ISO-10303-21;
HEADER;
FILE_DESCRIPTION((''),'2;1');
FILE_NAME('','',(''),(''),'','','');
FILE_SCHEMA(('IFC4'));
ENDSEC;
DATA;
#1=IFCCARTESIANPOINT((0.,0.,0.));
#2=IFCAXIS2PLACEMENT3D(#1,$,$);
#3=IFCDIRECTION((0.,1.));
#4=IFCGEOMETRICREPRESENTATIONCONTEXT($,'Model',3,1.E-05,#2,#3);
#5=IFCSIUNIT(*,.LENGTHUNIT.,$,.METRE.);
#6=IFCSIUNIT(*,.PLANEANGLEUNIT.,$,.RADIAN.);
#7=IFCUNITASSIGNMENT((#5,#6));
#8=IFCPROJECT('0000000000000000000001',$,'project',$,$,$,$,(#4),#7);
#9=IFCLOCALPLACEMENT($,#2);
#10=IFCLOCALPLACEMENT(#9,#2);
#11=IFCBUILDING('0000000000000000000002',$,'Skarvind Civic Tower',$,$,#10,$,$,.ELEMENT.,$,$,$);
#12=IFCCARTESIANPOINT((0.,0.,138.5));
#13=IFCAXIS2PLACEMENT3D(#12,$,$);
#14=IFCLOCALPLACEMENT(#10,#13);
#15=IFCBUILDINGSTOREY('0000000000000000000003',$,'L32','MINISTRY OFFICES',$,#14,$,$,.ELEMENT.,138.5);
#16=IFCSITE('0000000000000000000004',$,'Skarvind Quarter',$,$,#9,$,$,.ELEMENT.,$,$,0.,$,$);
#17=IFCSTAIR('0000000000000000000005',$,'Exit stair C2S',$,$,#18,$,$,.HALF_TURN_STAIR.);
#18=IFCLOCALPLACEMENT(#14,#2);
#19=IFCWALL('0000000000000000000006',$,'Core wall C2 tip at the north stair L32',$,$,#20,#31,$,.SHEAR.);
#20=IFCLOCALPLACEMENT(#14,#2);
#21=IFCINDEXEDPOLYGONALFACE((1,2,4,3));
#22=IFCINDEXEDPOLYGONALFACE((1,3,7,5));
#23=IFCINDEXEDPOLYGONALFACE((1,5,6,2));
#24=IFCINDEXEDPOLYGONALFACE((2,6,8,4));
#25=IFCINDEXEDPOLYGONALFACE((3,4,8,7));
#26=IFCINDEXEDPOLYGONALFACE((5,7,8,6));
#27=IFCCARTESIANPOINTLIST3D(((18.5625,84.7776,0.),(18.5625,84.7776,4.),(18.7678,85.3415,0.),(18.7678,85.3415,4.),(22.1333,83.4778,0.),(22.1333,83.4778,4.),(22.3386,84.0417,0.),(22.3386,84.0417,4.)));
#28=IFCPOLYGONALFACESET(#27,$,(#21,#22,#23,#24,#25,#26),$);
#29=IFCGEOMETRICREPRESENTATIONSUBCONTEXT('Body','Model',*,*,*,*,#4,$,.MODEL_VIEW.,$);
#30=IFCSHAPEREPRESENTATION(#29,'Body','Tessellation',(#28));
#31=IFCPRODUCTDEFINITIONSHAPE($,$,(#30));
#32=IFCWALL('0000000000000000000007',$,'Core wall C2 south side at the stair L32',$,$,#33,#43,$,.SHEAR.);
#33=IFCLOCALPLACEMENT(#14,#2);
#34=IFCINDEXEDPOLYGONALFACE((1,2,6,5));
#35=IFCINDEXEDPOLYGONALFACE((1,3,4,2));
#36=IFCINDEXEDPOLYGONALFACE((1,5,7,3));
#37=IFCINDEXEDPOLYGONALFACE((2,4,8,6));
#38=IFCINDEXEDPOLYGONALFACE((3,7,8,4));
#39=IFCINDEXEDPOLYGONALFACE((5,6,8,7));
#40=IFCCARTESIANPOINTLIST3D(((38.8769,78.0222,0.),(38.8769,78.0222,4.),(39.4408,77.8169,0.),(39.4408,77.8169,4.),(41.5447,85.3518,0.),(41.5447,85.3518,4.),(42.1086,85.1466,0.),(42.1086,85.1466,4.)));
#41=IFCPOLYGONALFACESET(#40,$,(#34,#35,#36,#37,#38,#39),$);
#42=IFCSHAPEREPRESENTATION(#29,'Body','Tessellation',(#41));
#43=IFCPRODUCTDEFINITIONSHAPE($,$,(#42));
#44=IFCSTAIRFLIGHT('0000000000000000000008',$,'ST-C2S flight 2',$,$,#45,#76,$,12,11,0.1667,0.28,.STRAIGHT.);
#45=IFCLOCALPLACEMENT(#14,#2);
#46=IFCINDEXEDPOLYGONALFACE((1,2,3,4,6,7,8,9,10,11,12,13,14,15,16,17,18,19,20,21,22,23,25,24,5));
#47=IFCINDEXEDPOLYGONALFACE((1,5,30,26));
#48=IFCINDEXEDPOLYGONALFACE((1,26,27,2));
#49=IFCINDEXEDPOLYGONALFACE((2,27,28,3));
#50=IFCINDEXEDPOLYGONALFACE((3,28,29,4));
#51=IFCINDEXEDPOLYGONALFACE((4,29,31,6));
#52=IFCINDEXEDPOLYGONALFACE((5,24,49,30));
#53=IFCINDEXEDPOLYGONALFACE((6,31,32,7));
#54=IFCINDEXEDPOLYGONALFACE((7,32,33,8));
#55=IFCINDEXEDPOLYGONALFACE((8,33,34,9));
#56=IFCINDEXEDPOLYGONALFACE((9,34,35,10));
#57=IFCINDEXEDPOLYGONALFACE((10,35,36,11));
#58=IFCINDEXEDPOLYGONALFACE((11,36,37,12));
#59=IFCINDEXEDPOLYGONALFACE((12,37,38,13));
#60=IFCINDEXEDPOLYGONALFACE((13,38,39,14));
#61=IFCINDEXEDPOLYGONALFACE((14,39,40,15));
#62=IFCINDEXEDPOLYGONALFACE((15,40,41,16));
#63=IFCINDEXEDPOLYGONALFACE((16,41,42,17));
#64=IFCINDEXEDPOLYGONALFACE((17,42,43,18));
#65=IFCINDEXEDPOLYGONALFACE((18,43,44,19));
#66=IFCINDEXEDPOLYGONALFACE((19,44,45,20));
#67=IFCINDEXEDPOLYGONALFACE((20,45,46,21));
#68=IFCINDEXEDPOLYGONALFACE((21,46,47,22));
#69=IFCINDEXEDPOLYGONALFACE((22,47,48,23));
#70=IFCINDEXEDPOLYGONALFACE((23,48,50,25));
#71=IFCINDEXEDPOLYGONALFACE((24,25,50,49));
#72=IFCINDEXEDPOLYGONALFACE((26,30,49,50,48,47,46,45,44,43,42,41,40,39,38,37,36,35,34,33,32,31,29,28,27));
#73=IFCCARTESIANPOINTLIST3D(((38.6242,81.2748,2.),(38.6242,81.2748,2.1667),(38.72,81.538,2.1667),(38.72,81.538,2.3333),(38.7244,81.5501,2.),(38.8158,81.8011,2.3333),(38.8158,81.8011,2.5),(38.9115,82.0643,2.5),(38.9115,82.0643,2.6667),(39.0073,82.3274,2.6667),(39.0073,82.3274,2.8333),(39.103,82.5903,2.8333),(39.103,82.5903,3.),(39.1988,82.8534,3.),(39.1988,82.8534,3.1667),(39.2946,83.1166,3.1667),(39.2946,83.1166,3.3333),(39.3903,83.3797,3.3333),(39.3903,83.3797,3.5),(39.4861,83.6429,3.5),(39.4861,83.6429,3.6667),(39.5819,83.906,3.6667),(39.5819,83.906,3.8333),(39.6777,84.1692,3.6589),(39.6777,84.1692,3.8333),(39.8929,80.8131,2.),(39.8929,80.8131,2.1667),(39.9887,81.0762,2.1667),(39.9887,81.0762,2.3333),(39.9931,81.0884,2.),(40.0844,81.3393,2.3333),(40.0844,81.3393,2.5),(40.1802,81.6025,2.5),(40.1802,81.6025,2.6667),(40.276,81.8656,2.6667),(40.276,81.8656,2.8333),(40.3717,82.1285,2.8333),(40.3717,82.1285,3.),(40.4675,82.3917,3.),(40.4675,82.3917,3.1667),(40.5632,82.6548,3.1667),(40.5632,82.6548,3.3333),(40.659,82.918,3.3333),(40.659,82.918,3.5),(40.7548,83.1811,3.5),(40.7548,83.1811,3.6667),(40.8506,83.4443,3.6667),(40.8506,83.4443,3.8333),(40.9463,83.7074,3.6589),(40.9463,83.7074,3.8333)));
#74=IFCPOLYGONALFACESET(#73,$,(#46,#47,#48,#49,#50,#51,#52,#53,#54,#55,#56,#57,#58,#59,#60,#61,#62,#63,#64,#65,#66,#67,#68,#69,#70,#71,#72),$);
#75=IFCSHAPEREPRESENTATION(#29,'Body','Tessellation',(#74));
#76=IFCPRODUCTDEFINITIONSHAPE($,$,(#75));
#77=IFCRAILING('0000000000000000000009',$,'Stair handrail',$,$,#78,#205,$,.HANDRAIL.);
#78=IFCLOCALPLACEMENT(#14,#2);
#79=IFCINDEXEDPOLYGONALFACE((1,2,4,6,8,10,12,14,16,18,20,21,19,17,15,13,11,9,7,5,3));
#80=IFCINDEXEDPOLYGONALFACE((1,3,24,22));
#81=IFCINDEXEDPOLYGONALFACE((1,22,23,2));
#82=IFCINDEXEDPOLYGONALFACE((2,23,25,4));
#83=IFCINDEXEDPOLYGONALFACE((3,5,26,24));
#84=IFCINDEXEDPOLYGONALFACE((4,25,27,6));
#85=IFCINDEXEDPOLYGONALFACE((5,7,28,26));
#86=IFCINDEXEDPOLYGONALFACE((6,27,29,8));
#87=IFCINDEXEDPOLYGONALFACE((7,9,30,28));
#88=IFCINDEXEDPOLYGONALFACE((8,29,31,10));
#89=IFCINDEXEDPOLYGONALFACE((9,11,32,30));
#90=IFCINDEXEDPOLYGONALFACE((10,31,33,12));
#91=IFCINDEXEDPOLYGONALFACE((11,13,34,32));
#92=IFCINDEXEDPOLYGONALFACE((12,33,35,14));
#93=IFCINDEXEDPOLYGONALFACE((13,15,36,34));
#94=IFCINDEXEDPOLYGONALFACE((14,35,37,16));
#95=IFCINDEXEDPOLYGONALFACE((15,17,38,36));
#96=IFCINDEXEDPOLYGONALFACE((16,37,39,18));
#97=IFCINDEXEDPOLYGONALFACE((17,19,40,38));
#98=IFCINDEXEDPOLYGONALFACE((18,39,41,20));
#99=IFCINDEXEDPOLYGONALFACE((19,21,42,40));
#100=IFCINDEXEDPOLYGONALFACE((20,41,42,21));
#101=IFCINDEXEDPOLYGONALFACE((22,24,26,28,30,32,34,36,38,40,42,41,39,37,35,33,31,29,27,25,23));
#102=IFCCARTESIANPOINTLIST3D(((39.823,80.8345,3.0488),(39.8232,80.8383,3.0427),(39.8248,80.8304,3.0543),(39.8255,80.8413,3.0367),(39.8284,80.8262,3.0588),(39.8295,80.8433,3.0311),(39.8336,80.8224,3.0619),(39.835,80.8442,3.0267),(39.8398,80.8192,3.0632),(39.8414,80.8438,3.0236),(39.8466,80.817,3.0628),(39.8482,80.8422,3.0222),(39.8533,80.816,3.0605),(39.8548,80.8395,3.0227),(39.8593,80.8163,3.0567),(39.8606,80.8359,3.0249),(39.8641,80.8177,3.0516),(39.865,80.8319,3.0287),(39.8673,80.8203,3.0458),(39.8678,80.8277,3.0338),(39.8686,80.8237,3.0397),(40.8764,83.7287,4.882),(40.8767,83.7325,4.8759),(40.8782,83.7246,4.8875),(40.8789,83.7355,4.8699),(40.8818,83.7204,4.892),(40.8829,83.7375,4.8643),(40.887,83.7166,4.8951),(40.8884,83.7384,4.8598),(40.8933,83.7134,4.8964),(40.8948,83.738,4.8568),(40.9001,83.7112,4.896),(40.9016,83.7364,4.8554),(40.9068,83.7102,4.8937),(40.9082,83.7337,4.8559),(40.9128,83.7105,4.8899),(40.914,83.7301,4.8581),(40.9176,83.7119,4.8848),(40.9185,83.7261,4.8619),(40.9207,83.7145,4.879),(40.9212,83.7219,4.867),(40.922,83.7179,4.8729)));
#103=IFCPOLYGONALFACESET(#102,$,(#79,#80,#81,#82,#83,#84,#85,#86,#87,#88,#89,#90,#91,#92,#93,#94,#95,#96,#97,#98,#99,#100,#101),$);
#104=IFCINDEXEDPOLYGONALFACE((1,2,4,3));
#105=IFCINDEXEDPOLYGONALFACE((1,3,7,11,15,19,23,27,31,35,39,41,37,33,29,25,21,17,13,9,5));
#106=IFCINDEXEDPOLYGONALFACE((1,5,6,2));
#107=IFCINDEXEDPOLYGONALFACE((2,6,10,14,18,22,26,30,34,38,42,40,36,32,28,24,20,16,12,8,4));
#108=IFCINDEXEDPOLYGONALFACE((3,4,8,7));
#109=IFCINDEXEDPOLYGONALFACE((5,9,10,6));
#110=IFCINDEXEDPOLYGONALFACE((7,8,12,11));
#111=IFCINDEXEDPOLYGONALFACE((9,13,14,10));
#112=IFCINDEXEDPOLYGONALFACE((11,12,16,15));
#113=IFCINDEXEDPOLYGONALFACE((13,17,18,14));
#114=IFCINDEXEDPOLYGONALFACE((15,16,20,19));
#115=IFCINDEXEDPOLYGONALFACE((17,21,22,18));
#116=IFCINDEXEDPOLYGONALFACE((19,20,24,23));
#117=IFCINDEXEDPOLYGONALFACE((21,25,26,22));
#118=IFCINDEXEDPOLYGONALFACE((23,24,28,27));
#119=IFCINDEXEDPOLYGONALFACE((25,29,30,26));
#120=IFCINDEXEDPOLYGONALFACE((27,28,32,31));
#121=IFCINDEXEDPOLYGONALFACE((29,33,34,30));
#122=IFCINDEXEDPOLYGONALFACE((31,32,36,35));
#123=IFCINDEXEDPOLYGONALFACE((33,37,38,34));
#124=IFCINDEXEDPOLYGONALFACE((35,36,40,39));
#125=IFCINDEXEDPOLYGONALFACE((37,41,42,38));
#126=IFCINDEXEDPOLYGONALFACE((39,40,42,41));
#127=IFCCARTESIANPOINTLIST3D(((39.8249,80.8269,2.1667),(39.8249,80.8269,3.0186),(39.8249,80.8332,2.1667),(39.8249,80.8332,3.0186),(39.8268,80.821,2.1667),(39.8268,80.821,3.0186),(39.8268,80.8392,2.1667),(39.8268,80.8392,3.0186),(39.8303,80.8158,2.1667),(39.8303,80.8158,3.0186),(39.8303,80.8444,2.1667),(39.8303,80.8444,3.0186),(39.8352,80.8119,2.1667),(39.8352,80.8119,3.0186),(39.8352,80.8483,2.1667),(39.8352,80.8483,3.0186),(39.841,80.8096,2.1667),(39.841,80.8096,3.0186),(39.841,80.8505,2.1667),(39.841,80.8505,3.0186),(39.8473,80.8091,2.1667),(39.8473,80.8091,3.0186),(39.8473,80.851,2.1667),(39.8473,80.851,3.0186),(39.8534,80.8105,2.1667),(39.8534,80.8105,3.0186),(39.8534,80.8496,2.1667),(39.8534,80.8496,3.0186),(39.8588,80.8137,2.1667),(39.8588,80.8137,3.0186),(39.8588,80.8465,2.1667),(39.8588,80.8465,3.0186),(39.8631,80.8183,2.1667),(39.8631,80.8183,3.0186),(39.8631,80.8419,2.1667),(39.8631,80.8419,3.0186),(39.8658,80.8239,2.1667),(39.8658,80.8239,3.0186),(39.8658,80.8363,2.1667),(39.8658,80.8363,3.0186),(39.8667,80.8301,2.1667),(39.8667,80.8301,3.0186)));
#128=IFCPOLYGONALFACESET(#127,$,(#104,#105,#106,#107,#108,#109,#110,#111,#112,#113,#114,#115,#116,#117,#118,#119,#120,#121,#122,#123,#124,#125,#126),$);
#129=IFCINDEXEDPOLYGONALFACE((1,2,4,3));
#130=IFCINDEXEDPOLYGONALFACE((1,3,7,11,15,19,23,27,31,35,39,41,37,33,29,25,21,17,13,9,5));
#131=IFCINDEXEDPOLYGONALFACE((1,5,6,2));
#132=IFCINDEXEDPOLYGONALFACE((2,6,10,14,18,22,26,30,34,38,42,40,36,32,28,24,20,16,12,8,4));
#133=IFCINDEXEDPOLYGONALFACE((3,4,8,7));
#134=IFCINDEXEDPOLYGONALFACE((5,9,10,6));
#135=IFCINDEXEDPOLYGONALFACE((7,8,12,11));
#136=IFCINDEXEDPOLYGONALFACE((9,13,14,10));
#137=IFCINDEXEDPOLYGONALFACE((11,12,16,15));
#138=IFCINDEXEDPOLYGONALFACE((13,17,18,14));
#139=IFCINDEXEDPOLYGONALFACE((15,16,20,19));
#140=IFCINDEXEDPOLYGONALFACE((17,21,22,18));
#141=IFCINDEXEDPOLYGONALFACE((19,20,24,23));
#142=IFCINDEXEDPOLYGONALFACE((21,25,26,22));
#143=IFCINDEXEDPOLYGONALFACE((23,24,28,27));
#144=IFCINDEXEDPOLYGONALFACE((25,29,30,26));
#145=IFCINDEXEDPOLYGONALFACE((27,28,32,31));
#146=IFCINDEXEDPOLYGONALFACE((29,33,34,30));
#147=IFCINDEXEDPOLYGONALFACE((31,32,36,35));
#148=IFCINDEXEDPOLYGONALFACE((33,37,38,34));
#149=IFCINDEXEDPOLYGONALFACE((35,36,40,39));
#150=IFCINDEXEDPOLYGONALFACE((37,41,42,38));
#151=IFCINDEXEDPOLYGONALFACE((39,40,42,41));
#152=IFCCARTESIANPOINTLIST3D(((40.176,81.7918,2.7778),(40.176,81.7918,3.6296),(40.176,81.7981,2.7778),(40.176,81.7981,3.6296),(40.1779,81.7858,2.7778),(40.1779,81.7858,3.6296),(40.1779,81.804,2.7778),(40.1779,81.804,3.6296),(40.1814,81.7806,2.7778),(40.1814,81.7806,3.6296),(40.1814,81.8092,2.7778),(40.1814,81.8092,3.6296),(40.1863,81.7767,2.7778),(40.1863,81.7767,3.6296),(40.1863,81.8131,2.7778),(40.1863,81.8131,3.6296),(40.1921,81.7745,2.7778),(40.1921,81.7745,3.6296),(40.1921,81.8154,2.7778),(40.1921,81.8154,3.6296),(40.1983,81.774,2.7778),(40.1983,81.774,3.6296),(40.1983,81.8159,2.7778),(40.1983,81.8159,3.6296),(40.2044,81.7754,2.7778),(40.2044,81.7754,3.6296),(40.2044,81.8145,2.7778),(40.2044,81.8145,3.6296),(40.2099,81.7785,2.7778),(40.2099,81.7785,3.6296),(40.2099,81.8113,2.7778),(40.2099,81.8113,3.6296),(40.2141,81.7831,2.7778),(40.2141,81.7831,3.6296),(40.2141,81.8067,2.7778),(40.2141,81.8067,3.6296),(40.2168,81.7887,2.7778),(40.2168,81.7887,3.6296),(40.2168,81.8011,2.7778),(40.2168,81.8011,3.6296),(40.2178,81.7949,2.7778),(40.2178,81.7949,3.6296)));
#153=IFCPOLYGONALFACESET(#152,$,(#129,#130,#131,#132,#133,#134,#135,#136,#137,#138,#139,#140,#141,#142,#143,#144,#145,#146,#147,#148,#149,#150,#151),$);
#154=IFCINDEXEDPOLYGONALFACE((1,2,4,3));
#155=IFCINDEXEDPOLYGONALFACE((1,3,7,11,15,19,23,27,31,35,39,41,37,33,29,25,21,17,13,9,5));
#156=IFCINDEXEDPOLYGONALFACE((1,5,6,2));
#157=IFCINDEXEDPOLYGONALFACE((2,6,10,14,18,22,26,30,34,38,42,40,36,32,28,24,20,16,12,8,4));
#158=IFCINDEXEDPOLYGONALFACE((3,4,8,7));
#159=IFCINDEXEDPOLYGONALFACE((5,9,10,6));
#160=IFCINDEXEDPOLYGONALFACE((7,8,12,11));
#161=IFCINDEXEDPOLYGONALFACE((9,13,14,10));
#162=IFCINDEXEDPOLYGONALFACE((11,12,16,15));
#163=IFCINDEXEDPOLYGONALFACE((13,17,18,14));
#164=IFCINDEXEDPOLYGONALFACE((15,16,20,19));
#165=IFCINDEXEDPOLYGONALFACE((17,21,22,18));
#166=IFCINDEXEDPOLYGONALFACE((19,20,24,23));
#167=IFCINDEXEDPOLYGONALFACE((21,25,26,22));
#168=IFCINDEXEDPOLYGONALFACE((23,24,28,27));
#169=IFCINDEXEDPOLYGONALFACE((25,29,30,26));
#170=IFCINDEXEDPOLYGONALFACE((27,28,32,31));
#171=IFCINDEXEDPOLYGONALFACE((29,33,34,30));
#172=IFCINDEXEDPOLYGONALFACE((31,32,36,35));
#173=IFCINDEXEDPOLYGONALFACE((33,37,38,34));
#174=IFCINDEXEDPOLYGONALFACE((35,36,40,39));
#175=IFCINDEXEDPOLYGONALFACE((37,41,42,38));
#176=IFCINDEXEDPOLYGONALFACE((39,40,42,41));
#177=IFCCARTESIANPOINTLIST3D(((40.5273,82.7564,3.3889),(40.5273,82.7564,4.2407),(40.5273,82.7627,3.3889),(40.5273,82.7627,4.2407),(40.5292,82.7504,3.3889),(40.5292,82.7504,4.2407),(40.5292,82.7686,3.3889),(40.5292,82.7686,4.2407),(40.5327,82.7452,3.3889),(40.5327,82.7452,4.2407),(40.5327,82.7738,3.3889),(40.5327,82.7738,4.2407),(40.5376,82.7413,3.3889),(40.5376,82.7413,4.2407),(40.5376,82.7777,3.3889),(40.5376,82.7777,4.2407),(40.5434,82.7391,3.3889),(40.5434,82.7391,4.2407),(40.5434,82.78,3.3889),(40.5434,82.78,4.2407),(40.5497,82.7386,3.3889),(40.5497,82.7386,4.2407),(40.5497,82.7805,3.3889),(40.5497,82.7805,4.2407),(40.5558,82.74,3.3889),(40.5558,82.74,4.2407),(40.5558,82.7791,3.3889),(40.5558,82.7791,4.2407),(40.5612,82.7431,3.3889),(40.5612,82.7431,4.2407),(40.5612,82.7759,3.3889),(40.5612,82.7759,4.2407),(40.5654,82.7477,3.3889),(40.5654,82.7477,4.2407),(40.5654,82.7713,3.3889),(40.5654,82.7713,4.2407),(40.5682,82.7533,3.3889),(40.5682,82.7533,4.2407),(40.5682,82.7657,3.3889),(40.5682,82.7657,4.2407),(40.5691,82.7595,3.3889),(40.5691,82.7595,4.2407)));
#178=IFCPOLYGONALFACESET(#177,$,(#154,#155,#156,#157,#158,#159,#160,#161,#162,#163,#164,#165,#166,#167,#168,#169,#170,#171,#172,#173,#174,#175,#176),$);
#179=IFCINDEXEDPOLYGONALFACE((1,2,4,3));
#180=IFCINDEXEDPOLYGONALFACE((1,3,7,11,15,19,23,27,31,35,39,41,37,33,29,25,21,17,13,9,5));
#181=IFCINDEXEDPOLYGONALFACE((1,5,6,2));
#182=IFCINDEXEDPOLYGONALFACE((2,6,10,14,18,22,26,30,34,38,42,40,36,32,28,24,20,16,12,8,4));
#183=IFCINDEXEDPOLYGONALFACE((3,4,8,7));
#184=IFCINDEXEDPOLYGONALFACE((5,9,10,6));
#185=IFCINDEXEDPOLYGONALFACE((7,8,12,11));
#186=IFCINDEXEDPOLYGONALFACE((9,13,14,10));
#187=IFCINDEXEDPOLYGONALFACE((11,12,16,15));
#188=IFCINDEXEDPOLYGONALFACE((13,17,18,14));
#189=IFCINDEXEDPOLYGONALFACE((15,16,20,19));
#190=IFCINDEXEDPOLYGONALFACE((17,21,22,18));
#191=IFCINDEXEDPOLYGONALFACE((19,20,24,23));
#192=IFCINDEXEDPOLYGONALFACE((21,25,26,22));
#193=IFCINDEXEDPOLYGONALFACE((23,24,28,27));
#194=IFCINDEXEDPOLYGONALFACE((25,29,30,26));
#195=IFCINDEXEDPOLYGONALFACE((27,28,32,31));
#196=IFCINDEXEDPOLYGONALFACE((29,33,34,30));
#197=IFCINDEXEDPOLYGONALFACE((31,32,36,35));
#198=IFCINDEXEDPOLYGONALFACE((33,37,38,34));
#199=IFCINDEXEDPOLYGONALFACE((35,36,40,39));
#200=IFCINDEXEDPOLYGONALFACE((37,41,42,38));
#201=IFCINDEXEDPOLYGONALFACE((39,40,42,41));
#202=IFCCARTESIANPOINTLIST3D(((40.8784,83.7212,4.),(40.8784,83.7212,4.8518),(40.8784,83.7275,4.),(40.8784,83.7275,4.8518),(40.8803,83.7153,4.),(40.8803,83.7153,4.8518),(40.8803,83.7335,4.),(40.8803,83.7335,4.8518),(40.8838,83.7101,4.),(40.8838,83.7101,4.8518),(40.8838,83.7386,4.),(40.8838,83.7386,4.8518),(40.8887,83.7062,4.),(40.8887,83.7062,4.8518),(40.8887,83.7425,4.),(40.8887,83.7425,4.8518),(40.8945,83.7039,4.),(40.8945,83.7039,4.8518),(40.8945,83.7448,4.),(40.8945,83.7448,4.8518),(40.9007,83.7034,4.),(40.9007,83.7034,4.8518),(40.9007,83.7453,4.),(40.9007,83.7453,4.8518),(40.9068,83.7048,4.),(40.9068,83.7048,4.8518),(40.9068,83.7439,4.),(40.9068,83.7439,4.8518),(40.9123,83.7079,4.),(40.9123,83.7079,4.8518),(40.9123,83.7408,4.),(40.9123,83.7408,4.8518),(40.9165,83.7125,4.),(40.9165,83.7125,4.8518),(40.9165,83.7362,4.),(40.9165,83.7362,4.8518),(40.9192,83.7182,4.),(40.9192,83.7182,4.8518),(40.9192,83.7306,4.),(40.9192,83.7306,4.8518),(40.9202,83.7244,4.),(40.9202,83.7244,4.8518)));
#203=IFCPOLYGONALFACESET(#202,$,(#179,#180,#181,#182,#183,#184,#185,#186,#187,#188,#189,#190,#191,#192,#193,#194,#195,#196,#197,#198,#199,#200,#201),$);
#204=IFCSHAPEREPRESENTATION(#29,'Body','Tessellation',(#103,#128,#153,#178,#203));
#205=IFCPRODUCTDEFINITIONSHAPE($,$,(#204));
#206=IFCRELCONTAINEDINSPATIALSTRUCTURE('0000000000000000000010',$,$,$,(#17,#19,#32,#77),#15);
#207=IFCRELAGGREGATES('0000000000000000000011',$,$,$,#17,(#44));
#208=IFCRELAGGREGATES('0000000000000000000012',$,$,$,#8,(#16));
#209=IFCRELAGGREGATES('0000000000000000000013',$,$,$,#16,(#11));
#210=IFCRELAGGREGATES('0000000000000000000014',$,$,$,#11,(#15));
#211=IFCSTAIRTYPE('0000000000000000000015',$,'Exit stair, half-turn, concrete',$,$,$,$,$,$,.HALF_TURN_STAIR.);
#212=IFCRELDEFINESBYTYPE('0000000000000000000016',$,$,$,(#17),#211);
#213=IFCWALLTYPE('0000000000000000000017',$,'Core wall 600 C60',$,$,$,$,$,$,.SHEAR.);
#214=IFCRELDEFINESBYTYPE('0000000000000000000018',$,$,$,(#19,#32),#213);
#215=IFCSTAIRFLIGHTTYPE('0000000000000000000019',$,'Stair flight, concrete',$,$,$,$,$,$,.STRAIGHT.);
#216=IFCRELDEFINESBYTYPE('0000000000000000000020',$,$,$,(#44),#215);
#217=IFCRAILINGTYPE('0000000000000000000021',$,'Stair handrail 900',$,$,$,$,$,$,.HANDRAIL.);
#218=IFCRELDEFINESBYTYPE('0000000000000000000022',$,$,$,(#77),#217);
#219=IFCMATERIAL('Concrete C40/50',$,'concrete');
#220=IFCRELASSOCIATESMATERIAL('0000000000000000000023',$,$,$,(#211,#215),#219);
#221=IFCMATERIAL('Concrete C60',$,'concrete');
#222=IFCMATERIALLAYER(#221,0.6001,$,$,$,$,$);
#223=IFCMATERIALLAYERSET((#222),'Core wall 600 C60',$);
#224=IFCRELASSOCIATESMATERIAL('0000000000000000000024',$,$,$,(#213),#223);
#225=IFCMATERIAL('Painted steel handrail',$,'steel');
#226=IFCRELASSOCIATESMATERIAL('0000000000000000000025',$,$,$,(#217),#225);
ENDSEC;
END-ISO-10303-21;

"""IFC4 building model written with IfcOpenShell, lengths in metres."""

from ifc_helpers import new_model, si_unit, direction, frame, frame_2d, origin, origin_2d, place, context, subcontext, project, spatial, polyline, rectangle, circle, outline, extrude, material, layer, layer_set, type_object, element, aggregate, save


model = new_model("IFC4")

# Units and contexts
model_context = context("Model", 3, precision=1e-05, world=origin(), true_north=direction((0.0, 1.0)))
body_context = subcontext(model_context, "Body", "Model", "MODEL_VIEW")
ifc_project = project(units=[si_unit("LENGTHUNIT", "METRE"), si_unit("PLANEANGLEUNIT", "RADIAN")], contexts=[model_context])

# Site, building, storey
site_placement = place(None, origin())
site = spatial("IfcSite", under=ifc_project, at=site_placement, Name="Skarvind Quarter", CompositionType="ELEMENT", RefElevation=0.0)
building_placement = place(site_placement, origin())
building = spatial("IfcBuilding", under=site, at=building_placement, Name="Skarvind Civic Tower", CompositionType="ELEMENT")
storey_placement = place(building_placement, frame((0.0, 0.0, 138.5)))
storey = spatial("IfcBuildingStorey", under=building, at=storey_placement, Name="L32", Description="MINISTRY OFFICES", CompositionType="ELEMENT", Elevation=138.5)

# Shared definitions
ifc_material_1 = material(Name="Concrete C40/50", Category="concrete")

# Stair
stair_type_1 = type_object("IfcStairType", Name="Exit stair, half-turn, concrete", PredefinedType="HALF_TURN_STAIR", material=ifc_material_1)
stair_1_placement = place(storey_placement, origin())
stair_1 = element("IfcStair", 1, at=stair_1_placement, inside=storey, type_object=stair_type_1, Name="Exit stair C2S", PredefinedType="HALF_TURN_STAIR")

# Shared definitions
ifc_material_2 = material(Name="Concrete C60", Category="concrete")

# Walls
ifc_layer_1 = layer(ifc_material_2, 0.6001)
ifc_layer_set_1 = layer_set([ifc_layer_1], Name="Core wall 600 C60")
wall_type_1 = type_object("IfcWallType", Name="Core wall 600 C60", PredefinedType="SHEAR", material=ifc_layer_set_1)
for number, where, z_axis, x_axis, name in (
    (2, (22.2358, 83.7598, 0.0), (0.0, 0.0, 1.0), (-0.939681, 0.342053, 0.0), "Core wall C2 tip at the north stair L32"),
):
    element("IfcWall", number, at=place(storey_placement, frame(where, z_axis=z_axis, x_axis=x_axis)), inside=storey, type_object=wall_type_1, Name=name, PredefinedType="SHEAR", context=body_context, shape_type="SweptSolid", body=[
        extrude(rectangle(XDim=3.8, YDim=0.6001, at=frame_2d((1.8999, 0.0))), origin(), (0.0, 0.0, 1.0), 4.0),
    ])
wall_1_placement = place(storey_placement, frame((39.1589, 77.9197, 0.0), z_axis=(0.0, 0.0, 1.0), x_axis=(0.342017, 0.939694, 0.0)))
element("IfcWall", 3, at=wall_1_placement, inside=storey, type_object=wall_type_1, Name="Core wall C2 south side at the stair L32", PredefinedType="SHEAR", context=body_context, shape_type="SweptSolid", body=[
    extrude(rectangle(XDim=7.8, YDim=0.6001, at=frame_2d((3.8999, 0.0))), origin(), (0.0, 0.0, 1.0), 4.0),
])

# Stair flight
stair_flight_type = type_object("IfcStairFlightType", Name="Stair flight, concrete", PredefinedType="STRAIGHT", material=ifc_material_1)
stair_flight_placement = place(storey_placement, frame((39.2585, 81.0439, 2.0), z_axis=(0.0, 0.0, 1.0), x_axis=(0.34202, 0.939693, 0.0)))
stair_flight = element("IfcStairFlight", 4, at=stair_flight_placement, type_object=stair_flight_type, Name="ST-C2S flight 2", NumberOfRisers=12, NumberOfTreads=11, PredefinedType="STRAIGHT", RiserHeight=0.1667, TreadLength=0.28, context=body_context, shape_type="SweptSolid", body=[
    extrude(outline(polyline([(0.0, 0.0), (0.0, 0.1667), (0.28, 0.1667), (0.28, 0.3333), (0.5601, 0.3333), (0.5601, 0.5), (0.8401, 0.5), (0.8401, 0.6667), (1.1201, 0.6667), (1.1201, 0.8333), (1.3999, 0.8333), (1.3999, 1.0), (1.6799, 1.0), (1.6799, 1.1667), (1.96, 1.1667), (1.96, 1.3333), (2.24, 1.3333), (2.24, 1.5), (2.52, 1.5), (2.52, 1.6667), (2.8, 1.6667), (2.8, 1.8333), (3.0801, 1.8333), (3.0801, 2.0), (3.0801, 1.6589), (0.293, 0.0), (0.0, 0.0)])), frame((0.0, 0.675, 0.0), z_axis=(0.0, -1.0, 0.0), x_axis=(1.0, 0.0, 0.0)), (0.0, 0.0, 1.0), 1.3501),
])
aggregate(stair_1, [stair_flight])

# Railing
ifc_material_3 = material(Name="Painted steel handrail", Category="steel")
railing_type = type_object("IfcRailingType", Name="Stair handrail 900", PredefinedType="HANDRAIL", material=ifc_material_3)
railing_placement = place(storey_placement, frame((39.8457, 80.8301, 2.1667)))
element("IfcRailing", 5, at=railing_placement, inside=storey, type_object=railing_type, Name="Stair handrail", PredefinedType="HANDRAIL", context=body_context, shape_type="SweptSolid", body=[
    extrude(circle(Radius=0.0239, at=origin_2d()), frame((0.0, 0.0, 0.876), z_axis=(0.293908, 0.807481, 0.511461), x_axis=(-0.939689, 0.342029, 0.0)), (0.0, 0.0, 1.0), 3.5842),
    extrude(circle(Radius=0.021, at=origin_2d()), origin(), (0.0, 0.0, 1.0), 0.8518),
    extrude(circle(Radius=0.021, at=origin_2d()), frame((0.3511, 0.9648, 0.6111)), (0.0, 0.0, 1.0), 0.8518),
    extrude(circle(Radius=0.021, at=origin_2d()), frame((0.7024, 1.9294, 1.2222)), (0.0, 0.0, 1.0), 0.8518),
    extrude(circle(Radius=0.021, at=origin_2d()), frame((1.0535, 2.8943, 1.8333)), (0.0, 0.0, 1.0), 0.8518),
])

save(model, "model.ifc")
